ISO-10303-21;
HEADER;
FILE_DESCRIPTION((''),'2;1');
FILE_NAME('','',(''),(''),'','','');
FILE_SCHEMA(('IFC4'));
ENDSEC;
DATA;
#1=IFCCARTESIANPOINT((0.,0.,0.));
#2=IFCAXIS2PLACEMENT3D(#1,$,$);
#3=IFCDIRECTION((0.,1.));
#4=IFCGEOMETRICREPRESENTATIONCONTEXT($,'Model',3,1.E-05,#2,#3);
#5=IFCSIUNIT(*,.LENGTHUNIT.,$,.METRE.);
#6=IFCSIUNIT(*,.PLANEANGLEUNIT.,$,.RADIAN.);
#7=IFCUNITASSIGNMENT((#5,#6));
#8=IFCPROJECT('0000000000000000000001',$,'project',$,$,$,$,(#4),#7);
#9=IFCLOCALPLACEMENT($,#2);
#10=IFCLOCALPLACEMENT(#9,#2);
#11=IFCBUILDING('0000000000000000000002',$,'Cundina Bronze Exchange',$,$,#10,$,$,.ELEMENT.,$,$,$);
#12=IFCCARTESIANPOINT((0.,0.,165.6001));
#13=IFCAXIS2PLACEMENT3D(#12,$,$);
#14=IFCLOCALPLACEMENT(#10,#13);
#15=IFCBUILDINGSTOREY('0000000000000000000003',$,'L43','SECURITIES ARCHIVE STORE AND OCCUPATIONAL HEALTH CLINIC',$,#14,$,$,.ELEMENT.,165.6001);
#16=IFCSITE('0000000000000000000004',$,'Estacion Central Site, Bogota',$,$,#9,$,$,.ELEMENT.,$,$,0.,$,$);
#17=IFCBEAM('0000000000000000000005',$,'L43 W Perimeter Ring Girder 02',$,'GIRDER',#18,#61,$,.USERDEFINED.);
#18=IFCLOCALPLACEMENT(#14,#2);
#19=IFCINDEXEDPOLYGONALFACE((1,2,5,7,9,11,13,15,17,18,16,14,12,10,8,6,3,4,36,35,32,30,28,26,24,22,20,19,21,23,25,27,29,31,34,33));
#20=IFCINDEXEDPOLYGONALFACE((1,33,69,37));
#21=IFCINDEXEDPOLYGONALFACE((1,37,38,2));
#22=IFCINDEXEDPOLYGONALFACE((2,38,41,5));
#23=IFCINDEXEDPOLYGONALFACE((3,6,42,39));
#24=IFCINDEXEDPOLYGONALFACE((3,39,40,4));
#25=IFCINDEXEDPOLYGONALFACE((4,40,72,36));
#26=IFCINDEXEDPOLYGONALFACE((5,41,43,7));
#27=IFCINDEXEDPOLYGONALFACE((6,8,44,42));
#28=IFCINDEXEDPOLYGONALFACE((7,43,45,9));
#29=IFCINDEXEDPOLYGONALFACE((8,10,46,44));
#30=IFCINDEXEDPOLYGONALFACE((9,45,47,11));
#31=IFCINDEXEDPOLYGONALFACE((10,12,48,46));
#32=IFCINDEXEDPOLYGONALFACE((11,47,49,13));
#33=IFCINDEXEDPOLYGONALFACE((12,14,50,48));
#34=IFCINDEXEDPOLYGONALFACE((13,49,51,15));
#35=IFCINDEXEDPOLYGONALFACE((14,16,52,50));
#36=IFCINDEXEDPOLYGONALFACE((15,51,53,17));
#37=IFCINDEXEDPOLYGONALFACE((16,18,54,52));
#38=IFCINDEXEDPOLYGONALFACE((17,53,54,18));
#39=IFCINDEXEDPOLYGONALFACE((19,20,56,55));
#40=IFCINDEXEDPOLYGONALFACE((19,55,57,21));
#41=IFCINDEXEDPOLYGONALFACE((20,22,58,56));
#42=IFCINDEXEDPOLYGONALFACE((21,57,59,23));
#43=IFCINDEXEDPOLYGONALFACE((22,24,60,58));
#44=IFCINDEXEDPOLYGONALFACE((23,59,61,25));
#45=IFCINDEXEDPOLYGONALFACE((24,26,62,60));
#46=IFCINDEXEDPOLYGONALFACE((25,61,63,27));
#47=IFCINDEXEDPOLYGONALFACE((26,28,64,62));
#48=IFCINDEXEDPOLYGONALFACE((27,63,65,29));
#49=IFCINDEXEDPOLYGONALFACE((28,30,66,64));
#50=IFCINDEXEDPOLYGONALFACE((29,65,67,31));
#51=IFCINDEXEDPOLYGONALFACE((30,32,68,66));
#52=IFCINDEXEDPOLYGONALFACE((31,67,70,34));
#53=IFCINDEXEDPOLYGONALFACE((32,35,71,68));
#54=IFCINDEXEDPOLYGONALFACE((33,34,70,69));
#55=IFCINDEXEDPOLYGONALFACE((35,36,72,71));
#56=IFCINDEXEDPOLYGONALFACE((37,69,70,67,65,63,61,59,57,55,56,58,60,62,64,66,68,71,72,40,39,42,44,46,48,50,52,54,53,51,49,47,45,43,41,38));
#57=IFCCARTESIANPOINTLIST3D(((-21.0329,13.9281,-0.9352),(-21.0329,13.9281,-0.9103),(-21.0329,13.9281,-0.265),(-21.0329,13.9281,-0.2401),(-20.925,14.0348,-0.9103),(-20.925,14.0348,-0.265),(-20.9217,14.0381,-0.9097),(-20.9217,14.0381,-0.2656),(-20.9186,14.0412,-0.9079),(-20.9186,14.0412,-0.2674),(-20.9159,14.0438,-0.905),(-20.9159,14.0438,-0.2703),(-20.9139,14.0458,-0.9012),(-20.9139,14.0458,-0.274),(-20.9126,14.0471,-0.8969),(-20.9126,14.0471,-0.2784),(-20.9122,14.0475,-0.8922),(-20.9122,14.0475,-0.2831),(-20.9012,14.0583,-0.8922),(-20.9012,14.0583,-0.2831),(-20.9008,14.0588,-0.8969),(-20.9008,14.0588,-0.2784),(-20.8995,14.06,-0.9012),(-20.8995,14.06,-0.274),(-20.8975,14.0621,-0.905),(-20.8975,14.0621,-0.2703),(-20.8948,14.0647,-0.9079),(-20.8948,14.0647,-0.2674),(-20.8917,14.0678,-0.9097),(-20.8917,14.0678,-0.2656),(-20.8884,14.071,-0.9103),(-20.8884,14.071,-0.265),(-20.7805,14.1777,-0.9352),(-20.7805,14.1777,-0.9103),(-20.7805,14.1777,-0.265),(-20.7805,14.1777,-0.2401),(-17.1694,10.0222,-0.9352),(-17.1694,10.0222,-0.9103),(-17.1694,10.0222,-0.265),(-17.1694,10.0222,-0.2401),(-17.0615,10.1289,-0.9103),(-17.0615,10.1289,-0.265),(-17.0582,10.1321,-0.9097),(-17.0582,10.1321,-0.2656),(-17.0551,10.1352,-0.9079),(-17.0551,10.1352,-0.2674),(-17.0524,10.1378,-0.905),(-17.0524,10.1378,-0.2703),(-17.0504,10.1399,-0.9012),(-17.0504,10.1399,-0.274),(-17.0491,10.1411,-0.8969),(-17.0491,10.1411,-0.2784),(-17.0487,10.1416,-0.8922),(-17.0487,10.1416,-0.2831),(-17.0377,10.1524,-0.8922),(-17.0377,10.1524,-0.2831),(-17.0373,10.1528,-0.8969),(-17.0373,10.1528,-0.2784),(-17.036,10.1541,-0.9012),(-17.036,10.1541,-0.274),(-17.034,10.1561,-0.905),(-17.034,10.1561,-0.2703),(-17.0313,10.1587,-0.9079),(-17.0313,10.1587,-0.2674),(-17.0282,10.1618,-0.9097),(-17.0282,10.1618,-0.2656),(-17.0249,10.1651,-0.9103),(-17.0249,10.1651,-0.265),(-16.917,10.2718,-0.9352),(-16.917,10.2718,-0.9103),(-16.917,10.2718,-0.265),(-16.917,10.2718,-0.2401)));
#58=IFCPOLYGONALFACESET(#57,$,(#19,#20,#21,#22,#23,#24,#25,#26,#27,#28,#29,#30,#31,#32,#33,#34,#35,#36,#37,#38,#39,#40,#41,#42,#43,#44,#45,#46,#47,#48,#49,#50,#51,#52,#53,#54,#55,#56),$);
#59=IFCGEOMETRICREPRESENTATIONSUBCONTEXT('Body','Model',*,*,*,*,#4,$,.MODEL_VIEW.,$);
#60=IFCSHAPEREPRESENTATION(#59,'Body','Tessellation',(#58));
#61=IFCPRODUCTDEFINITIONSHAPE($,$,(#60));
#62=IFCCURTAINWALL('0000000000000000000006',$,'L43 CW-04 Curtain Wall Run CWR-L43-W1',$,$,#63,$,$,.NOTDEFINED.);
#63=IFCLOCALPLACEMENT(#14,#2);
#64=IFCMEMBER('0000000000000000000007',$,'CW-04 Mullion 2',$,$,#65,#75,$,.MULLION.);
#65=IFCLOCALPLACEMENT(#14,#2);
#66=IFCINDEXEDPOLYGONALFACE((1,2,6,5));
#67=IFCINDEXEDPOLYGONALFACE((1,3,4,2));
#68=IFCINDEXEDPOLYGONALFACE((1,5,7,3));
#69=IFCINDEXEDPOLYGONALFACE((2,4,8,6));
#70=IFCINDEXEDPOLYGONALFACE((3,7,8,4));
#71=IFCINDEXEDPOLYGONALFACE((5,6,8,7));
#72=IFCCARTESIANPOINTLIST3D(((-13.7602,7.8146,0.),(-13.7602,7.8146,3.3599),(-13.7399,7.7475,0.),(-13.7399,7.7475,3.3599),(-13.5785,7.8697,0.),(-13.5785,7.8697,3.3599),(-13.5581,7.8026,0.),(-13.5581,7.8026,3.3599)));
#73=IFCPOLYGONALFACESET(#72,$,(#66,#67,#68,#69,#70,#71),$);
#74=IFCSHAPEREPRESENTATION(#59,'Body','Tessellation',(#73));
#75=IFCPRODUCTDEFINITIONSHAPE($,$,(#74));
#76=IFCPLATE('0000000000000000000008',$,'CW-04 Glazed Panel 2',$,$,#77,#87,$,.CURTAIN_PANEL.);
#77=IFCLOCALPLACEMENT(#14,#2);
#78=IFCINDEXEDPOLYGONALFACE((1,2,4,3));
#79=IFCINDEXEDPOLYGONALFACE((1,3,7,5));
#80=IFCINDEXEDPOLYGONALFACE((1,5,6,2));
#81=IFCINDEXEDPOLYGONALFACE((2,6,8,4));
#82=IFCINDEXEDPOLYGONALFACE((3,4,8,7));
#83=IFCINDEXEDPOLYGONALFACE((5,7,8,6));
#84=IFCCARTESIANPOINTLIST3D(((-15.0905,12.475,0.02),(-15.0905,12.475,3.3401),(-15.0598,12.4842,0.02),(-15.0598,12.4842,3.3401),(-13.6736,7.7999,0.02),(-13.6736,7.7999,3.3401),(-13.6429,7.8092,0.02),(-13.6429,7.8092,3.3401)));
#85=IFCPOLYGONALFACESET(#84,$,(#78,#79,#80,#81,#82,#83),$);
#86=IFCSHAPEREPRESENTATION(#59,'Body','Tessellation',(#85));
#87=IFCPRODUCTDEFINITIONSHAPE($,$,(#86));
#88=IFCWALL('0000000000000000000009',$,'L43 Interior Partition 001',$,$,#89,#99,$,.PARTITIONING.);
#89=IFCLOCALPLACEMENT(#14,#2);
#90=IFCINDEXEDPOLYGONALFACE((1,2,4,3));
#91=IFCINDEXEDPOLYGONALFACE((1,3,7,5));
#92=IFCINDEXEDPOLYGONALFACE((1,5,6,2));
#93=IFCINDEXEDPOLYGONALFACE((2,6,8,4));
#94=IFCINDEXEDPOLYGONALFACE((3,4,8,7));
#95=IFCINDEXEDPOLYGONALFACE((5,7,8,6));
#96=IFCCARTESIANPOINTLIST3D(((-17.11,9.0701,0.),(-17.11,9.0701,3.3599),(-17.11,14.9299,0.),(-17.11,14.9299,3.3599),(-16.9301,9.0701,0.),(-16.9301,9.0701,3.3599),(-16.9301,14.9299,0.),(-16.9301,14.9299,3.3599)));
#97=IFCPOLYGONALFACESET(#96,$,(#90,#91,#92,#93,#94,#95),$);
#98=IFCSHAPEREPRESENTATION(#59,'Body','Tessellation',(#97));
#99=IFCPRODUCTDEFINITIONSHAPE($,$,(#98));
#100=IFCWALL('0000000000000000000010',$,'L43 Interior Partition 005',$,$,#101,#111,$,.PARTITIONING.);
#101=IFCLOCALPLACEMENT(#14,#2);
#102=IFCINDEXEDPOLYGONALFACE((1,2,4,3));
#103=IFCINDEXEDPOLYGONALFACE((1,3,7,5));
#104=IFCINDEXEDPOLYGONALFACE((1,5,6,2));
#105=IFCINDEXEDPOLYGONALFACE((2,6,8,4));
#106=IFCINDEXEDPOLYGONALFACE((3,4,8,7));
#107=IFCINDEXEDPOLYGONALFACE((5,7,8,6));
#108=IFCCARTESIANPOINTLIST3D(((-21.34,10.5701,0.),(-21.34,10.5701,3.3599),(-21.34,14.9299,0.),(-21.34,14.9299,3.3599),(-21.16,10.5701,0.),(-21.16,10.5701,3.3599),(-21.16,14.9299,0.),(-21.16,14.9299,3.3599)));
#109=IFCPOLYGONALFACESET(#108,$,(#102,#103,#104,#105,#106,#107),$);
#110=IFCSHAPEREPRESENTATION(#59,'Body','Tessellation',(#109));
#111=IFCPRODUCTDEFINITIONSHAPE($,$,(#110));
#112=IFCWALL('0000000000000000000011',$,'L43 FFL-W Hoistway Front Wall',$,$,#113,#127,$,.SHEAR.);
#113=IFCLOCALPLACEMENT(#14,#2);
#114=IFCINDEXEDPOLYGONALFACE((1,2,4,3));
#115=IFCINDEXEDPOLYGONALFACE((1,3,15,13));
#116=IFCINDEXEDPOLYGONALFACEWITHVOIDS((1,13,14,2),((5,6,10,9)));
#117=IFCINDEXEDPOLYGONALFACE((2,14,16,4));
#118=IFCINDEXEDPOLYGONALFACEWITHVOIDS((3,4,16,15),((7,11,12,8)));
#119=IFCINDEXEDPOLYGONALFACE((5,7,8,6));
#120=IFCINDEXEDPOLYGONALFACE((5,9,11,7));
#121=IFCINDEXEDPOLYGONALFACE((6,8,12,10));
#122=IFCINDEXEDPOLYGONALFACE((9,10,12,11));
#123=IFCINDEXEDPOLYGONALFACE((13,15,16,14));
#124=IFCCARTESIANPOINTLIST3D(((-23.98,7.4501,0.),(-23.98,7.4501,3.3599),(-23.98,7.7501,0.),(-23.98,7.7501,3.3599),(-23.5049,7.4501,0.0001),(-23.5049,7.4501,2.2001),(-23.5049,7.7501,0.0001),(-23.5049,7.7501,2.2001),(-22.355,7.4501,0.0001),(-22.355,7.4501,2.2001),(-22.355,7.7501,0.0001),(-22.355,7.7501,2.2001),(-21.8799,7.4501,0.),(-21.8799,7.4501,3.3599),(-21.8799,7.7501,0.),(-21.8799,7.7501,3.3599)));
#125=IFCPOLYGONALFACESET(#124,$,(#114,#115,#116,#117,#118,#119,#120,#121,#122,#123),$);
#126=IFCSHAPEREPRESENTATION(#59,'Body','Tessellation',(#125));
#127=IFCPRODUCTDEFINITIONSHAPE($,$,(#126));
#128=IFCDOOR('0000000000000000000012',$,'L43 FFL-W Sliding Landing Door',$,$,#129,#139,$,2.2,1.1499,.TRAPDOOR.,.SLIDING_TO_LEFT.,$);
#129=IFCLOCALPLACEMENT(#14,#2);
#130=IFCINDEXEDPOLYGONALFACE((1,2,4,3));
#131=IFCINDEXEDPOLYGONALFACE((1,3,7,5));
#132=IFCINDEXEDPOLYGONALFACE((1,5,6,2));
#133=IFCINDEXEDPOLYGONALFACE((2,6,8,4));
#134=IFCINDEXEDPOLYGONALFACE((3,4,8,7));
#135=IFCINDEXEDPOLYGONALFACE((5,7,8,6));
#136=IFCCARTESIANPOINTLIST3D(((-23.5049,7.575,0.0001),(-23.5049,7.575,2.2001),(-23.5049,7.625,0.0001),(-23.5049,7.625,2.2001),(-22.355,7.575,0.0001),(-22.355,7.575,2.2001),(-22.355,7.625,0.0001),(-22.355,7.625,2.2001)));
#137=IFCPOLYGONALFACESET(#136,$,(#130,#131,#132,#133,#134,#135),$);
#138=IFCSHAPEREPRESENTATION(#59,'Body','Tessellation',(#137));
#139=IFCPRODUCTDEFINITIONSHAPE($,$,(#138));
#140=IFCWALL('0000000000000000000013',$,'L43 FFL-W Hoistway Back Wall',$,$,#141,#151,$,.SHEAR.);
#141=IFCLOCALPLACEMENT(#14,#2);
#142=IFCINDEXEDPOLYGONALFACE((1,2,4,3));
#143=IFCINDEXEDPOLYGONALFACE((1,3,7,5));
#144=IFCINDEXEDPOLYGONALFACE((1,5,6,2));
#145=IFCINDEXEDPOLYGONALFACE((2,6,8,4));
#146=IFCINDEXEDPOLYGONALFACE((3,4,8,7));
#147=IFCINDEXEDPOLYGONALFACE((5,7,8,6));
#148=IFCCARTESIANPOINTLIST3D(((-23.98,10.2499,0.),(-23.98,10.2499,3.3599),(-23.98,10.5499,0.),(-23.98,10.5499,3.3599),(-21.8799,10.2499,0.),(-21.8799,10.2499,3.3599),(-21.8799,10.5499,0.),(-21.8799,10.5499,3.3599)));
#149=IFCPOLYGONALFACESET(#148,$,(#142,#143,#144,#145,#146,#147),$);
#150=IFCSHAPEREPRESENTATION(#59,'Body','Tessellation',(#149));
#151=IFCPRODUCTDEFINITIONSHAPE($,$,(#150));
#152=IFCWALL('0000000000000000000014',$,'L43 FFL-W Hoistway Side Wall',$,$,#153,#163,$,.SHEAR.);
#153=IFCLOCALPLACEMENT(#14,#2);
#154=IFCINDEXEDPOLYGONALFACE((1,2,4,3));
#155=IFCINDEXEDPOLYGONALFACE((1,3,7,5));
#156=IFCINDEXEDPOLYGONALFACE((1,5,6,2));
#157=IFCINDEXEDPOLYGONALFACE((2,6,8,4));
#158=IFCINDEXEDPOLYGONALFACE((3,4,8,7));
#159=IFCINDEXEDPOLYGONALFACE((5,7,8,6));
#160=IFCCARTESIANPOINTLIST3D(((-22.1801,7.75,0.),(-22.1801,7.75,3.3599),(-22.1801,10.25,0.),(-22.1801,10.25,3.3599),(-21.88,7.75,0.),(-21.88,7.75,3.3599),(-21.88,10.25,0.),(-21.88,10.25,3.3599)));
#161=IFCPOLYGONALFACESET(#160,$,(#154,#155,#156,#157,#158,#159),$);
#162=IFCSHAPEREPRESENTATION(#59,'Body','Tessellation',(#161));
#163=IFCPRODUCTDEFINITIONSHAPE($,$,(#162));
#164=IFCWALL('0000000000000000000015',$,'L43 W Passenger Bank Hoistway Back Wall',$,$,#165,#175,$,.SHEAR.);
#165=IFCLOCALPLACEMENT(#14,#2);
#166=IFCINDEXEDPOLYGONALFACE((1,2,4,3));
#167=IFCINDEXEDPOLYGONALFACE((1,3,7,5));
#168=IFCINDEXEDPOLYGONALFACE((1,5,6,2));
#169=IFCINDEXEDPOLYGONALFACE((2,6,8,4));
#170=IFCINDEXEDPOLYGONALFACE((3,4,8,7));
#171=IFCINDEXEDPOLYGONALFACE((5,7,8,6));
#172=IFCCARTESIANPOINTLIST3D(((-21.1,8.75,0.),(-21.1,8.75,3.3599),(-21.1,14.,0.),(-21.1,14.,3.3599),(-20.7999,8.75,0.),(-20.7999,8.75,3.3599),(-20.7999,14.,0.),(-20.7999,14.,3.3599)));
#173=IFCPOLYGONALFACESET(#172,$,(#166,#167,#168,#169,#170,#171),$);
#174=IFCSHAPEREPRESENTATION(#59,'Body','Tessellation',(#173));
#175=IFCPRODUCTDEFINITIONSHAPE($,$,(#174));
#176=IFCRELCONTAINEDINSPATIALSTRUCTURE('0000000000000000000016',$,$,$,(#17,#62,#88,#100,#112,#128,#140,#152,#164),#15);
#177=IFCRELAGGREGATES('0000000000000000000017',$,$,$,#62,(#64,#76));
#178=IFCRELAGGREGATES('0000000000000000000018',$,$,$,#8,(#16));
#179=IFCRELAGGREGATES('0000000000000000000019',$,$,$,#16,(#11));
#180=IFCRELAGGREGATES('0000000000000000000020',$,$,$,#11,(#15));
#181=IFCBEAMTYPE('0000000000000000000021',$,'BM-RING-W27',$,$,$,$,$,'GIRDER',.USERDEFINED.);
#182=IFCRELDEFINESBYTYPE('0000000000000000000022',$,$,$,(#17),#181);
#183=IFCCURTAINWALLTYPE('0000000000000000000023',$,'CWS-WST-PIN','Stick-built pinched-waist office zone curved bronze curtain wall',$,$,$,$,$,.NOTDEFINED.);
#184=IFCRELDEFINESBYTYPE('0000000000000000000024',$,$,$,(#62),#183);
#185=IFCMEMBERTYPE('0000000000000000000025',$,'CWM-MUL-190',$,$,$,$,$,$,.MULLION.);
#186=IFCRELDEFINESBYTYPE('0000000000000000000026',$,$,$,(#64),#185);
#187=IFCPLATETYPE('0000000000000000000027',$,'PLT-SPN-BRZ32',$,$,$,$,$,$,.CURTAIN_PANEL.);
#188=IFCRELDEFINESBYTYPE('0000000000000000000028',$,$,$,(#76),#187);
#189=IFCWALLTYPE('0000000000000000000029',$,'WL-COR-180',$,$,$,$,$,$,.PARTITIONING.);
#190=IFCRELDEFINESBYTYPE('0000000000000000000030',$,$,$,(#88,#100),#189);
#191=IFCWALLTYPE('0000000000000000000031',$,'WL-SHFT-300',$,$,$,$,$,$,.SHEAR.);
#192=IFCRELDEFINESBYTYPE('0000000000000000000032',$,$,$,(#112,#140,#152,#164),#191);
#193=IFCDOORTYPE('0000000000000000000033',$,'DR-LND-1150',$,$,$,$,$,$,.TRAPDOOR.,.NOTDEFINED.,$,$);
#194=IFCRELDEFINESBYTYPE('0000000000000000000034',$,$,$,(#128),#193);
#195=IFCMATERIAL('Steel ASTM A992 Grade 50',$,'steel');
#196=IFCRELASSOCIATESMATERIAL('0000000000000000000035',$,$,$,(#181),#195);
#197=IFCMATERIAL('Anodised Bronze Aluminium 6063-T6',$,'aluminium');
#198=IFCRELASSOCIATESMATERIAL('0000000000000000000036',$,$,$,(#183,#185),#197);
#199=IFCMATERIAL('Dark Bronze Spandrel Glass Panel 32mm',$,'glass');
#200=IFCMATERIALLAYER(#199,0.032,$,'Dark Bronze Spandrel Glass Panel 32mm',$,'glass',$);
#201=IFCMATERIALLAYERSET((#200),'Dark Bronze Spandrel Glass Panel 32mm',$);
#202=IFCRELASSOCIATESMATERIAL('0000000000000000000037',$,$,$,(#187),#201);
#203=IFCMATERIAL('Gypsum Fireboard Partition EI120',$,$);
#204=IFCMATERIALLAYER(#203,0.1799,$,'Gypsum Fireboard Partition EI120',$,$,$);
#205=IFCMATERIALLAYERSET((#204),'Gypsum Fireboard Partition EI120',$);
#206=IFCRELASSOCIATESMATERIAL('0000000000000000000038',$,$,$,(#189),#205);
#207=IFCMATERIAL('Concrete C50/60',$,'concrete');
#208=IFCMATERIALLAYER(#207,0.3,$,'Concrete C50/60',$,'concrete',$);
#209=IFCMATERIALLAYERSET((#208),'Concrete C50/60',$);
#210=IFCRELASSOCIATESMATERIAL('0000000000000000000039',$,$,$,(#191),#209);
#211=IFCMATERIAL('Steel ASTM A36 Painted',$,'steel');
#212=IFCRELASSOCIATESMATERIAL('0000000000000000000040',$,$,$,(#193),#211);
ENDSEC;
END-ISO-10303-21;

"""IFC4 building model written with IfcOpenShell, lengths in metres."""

from ifc_helpers import new_model, si_unit, direction, frame, frame_2d, origin, origin_2d, place, context, subcontext, project, spatial, rectangle, i_section, extrude, material, layer, layer_set, material_profile, profile_set, type_object, element, fill, aggregate, save


model = new_model("IFC4")

# Units and contexts
model_context = context("Model", 3, precision=1e-05, world=origin(), true_north=direction((0.0, 1.0)))
body_context = subcontext(model_context, "Body", "Model", "MODEL_VIEW")
ifc_project = project(units=[si_unit("LENGTHUNIT", "METRE"), si_unit("PLANEANGLEUNIT", "RADIAN")], contexts=[model_context])

# Site, building, storey
site_placement = place(None, origin())
site = spatial("IfcSite", under=ifc_project, at=site_placement, Name="Estacion Central Site, Bogota", CompositionType="ELEMENT", RefElevation=0.0)
building_placement = place(site_placement, origin())
building = spatial("IfcBuilding", under=site, at=building_placement, Name="Cundina Bronze Exchange", CompositionType="ELEMENT")
storey_placement = place(building_placement, frame((0.0, 0.0, 165.6001)))
storey = spatial("IfcBuildingStorey", under=building, at=storey_placement, Name="L43", Description="SECURITIES ARCHIVE STORE AND OCCUPATIONAL HEALTH CLINIC", CompositionType="ELEMENT", Elevation=165.6001)

# Shared definitions
ifc_material_1 = material(Name="Concrete C50/60", Category="concrete")

# Beam
ifc_material_2 = material(Name="Steel ASTM A992 Grade 50", Category="steel")
ifc_material_profile_1 = material_profile(ifc_material_2, i_section(OverallWidth=0.355, OverallDepth=0.6951, WebThickness=0.0154, FlangeThickness=0.0249, FilletRadius=0.0181, at=origin_2d()), Name="W27X146", Category="steel")
ifc_profile_set_1 = profile_set([ifc_material_profile_1], Name="Steel ASTM A992 Grade 50")
beam_type_1 = type_object("IfcBeamType", Name="BM-RING-W27", ElementType="GIRDER", PredefinedType="USERDEFINED", material=ifc_profile_set_1)
beam_1_placement = place(storey_placement, frame((-17.0432, 10.147, -0.5876), z_axis=(-0.70323, 0.710962, 0.0), x_axis=(-0.710962, -0.70323, 0.0)))
element("IfcBeam", 1, at=beam_1_placement, inside=storey, type_object=beam_type_1, Name="L43 W Perimeter Ring Girder 02", ObjectType="GIRDER", PredefinedType="USERDEFINED", context=body_context, shape_type="SweptSolid", body=[
    extrude(i_section(OverallWidth=0.355, OverallDepth=0.6951, WebThickness=0.0154, FlangeThickness=0.0249, FilletRadius=0.0181, at=origin_2d()), origin(), (0.0, 0.0, 1.0), 5.4939),
])

# Curtain wall, member, plate
ifc_material_3 = material(Name="Anodised Bronze Aluminium 6063-T6", Category="aluminium")
curtain_wall_type = type_object("IfcCurtainWallType", Name="CWS-WST-PIN", Description="Stick-built pinched-waist office zone curved bronze curtain wall", PredefinedType="NOTDEFINED", material=ifc_material_3)
curtain_wall_placement = place(storey_placement, origin())
curtain_wall = element("IfcCurtainWall", 2, at=curtain_wall_placement, inside=storey, type_object=curtain_wall_type, Name="L43 CW-04 Curtain Wall Run CWR-L43-W1", PredefinedType="NOTDEFINED")
ifc_material_profile_2 = material_profile(ifc_material_3, rectangle(XDim=0.0701, YDim=0.1899, at=origin_2d()), Name="AL70X190", Category="aluminium")
ifc_profile_set_2 = profile_set([ifc_material_profile_2], Name="Anodised Bronze Aluminium 6063-T6")
member_type = type_object("IfcMemberType", Name="CWM-MUL-190", PredefinedType="MULLION", material=ifc_profile_set_2)
member_placement = place(storey_placement, frame((-13.6592, 7.8086, 0.0), z_axis=(0.0, 0.0, 1.0), x_axis=(-0.290034, 0.957016, 0.0)))
member = element("IfcMember", 3, at=member_placement, type_object=member_type, Name="CW-04 Mullion 2", PredefinedType="MULLION", context=body_context, shape_type="SweptSolid", body=[
    extrude(rectangle(XDim=0.0701, YDim=0.1899, at=origin_2d()), origin(), (0.0, 0.0, 1.0), 3.3599),
])
ifc_material_4 = material(Name="Dark Bronze Spandrel Glass Panel 32mm", Category="glass")
ifc_layer_1 = layer(ifc_material_4, 0.032, Name="Dark Bronze Spandrel Glass Panel 32mm", Category="glass")
ifc_layer_set_1 = layer_set([ifc_layer_1], Name="Dark Bronze Spandrel Glass Panel 32mm")
plate_type = type_object("IfcPlateType", Name="PLT-SPN-BRZ32", PredefinedType="CURTAIN_PANEL", material=ifc_layer_set_1)
plate_placement = place(storey_placement, frame((-14.3667, 10.1421, 0.02), z_axis=(0.0, 0.0, 1.0), x_axis=(-0.290051, 0.957011, 0.0)))
plate = element("IfcPlate", 4, at=plate_placement, type_object=plate_type, Name="CW-04 Glazed Panel 2", PredefinedType="CURTAIN_PANEL", context=body_context, shape_type="SweptSolid", body=[
    extrude(rectangle(XDim=4.885, YDim=0.032, at=origin_2d()), origin(), (0.0, 0.0, 1.0), 3.3201),
])
aggregate(curtain_wall, [member, plate])

# Walls
ifc_material_5 = material(Name="Gypsum Fireboard Partition EI120")
ifc_layer_2 = layer(ifc_material_5, 0.1799, Name="Gypsum Fireboard Partition EI120")
ifc_layer_set_2 = layer_set([ifc_layer_2], Name="Gypsum Fireboard Partition EI120")
wall_type_1 = type_object("IfcWallType", Name="WL-COR-180", PredefinedType="PARTITIONING", material=ifc_layer_set_2)
wall_1_placement = place(storey_placement, frame((-17.02, 9.0701, 0.0), z_axis=(0.0, 0.0, 1.0), x_axis=(0.0, 1.0, 0.0)))
element("IfcWall", 5, at=wall_1_placement, inside=storey, type_object=wall_type_1, Name="L43 Interior Partition 001", PredefinedType="PARTITIONING", context=body_context, shape_type="SweptSolid", body=[
    extrude(rectangle(XDim=5.8599, YDim=0.1799, at=frame_2d((2.9299, 0.0))), origin(), (0.0, 0.0, 1.0), 3.3599),
])
wall_2_placement = place(storey_placement, frame((-21.25, 10.5701, 0.0), z_axis=(0.0, 0.0, 1.0), x_axis=(0.0, 1.0, 0.0)))
element("IfcWall", 6, at=wall_2_placement, inside=storey, type_object=wall_type_1, Name="L43 Interior Partition 005", PredefinedType="PARTITIONING", context=body_context, shape_type="SweptSolid", body=[
    extrude(rectangle(XDim=4.3599, YDim=0.1799, at=frame_2d((2.1799, 0.0))), origin(), (0.0, 0.0, 1.0), 3.3599),
])

# Wall, opening, door
ifc_layer_3 = layer(ifc_material_1, 0.3, Name="Concrete C50/60", Category="concrete")
ifc_layer_set_3 = layer_set([ifc_layer_3], Name="Concrete C50/60")
wall_type_2 = type_object("IfcWallType", Name="WL-SHFT-300", PredefinedType="SHEAR", material=ifc_layer_set_3)
ifc_material_6 = material(Name="Steel ASTM A36 Painted", Category="steel")
wall_3_placement = place(storey_placement, frame((-23.98, 7.6001, 0.0), z_axis=(0.0, 0.0, 1.0), x_axis=(1.0, 0.0, 0.0)))
wall_3 = element("IfcWall", 7, at=wall_3_placement, inside=storey, type_object=wall_type_2, Name="L43 FFL-W Hoistway Front Wall", PredefinedType="SHEAR", context=body_context, shape_type="SweptSolid", body=[
    extrude(rectangle(XDim=2.1001, YDim=0.3, at=frame_2d((1.05, 0.0))), origin(), (0.0, 0.0, 1.0), 3.3599),
])
opening_1_placement = place(wall_3_placement, frame((0.4751, 0.0, 0.0)))
opening_1 = element("IfcOpeningElement", 8, at=opening_1_placement, cuts=wall_3, PredefinedType="OPENING", context=body_context, shape_type="SweptSolid", body=[
    extrude(rectangle(XDim=1.1499, YDim=2.2, at=frame_2d((0.575, 1.1001))), frame((0.0, 0.1599, 0.0), z_axis=(0.0, -1.0, 0.0), x_axis=(1.0, 0.0, 0.0)), (0.0, 0.0, 1.0), 0.3201),
])
door_type_1 = type_object("IfcDoorType", Name="DR-LND-1150", OperationType="NOTDEFINED", PredefinedType="TRAPDOOR", material=ifc_material_6)
door_1_placement = place(opening_1_placement, origin())
door_1 = element("IfcDoor", 9, at=door_1_placement, inside=storey, type_object=door_type_1, Name="L43 FFL-W Sliding Landing Door", OperationType="SLIDING_TO_LEFT", OverallHeight=2.2, OverallWidth=1.1499, PredefinedType="TRAPDOOR", context=body_context, shape_type="SweptSolid", body=[
    extrude(rectangle(XDim=1.1499, YDim=2.2, at=frame_2d((0.575, 1.1001))), frame((0.0, 0.0249, 0.0), z_axis=(0.0, -1.0, 0.0), x_axis=(1.0, 0.0, 0.0)), (0.0, 0.0, 1.0), 0.05),
])
fill(opening_1, door_1)

# Walls
wall_4_placement = place(storey_placement, frame((-23.98, 10.3999, 0.0), z_axis=(0.0, 0.0, 1.0), x_axis=(1.0, 0.0, 0.0)))
element("IfcWall", 10, at=wall_4_placement, inside=storey, type_object=wall_type_2, Name="L43 FFL-W Hoistway Back Wall", PredefinedType="SHEAR", context=body_context, shape_type="SweptSolid", body=[
    extrude(rectangle(XDim=2.1001, YDim=0.3, at=frame_2d((1.05, 0.0))), origin(), (0.0, 0.0, 1.0), 3.3599),
])
wall_5_placement = place(storey_placement, frame((-22.03, 7.75, 0.0), z_axis=(0.0, 0.0, 1.0), x_axis=(0.0, 1.0, 0.0)))
element("IfcWall", 11, at=wall_5_placement, inside=storey, type_object=wall_type_2, Name="L43 FFL-W Hoistway Side Wall", PredefinedType="SHEAR", context=body_context, shape_type="SweptSolid", body=[
    extrude(rectangle(XDim=2.5, YDim=0.3, at=frame_2d((1.25, 0.0))), origin(), (0.0, 0.0, 1.0), 3.3599),
])
wall_6_placement = place(storey_placement, frame((-20.95, 8.75, 0.0), z_axis=(0.0, 0.0, 1.0), x_axis=(0.0, 1.0, 0.0)))
element("IfcWall", 12, at=wall_6_placement, inside=storey, type_object=wall_type_2, Name="L43 W Passenger Bank Hoistway Back Wall", PredefinedType="SHEAR", context=body_context, shape_type="SweptSolid", body=[
    extrude(rectangle(XDim=5.25, YDim=0.3, at=frame_2d((2.625, 0.0))), origin(), (0.0, 0.0, 1.0), 3.3599),
])

save(model, "model.ifc")
